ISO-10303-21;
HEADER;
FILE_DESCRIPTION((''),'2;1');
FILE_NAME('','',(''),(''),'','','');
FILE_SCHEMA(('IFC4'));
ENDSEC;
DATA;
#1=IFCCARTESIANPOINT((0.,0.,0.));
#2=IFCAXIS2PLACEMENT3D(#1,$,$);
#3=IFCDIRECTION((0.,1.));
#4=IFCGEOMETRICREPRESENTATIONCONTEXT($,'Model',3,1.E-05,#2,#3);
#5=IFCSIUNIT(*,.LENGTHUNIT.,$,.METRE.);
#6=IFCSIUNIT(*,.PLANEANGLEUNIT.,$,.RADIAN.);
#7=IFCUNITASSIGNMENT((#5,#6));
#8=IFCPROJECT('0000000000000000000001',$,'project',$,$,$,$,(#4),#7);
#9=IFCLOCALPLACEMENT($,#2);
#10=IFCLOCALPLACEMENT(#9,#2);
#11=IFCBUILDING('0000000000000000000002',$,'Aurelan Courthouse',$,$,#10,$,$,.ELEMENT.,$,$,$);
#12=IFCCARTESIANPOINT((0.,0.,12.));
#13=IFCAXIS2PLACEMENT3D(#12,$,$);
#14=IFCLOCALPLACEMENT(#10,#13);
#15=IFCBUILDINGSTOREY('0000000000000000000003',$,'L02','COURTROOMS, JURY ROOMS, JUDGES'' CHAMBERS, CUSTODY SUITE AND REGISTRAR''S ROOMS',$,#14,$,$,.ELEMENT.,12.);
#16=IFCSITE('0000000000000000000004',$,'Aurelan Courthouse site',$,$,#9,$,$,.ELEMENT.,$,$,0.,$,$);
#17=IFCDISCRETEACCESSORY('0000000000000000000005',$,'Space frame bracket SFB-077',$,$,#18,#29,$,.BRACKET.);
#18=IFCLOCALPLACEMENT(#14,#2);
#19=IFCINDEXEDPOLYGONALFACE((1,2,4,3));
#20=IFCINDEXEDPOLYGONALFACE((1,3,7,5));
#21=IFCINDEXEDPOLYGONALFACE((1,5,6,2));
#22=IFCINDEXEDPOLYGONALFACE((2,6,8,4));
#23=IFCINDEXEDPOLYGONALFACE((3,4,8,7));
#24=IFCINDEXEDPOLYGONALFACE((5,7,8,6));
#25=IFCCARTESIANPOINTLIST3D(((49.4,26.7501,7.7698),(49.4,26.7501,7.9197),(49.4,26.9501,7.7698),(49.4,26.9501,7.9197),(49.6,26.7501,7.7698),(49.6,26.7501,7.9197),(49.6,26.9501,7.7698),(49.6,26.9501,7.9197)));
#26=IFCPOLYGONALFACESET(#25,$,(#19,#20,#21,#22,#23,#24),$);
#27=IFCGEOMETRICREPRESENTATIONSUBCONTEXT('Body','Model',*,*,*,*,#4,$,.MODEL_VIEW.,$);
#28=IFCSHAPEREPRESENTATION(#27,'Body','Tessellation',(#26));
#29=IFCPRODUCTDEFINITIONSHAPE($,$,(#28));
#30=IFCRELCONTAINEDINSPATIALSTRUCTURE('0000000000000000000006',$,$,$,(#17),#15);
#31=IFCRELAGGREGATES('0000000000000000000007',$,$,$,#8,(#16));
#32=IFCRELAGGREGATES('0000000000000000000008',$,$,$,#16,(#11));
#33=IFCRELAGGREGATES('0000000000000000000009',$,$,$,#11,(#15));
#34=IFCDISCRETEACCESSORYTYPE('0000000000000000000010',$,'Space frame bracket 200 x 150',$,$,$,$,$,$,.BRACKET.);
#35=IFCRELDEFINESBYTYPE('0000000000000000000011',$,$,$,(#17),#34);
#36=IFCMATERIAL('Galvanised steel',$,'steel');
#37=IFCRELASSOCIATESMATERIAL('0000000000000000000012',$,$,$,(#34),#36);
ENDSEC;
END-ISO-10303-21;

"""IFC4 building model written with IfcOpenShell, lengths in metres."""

from ifc_helpers import new_model, si_unit, direction, frame, origin, origin_2d, place, context, subcontext, project, spatial, rectangle, extrude, material, type_object, element, save


model = new_model("IFC4")

# Units and contexts
model_context = context("Model", 3, precision=1e-05, world=origin(), true_north=direction((0.0, 1.0)))
body_context = subcontext(model_context, "Body", "Model", "MODEL_VIEW")
ifc_project = project(units=[si_unit("LENGTHUNIT", "METRE"), si_unit("PLANEANGLEUNIT", "RADIAN")], contexts=[model_context])

# Site, building, storey
site_placement = place(None, origin())
site = spatial("IfcSite", under=ifc_project, at=site_placement, Name="Aurelan Courthouse site", CompositionType="ELEMENT", RefElevation=0.0)
building_placement = place(site_placement, origin())
building = spatial("IfcBuilding", under=site, at=building_placement, Name="Aurelan Courthouse", CompositionType="ELEMENT")
storey_placement = place(building_placement, frame((0.0, 0.0, 12.0)))
storey = spatial("IfcBuildingStorey", under=building, at=storey_placement, Name="L02", Description="COURTROOMS, JURY ROOMS, JUDGES' CHAMBERS, CUSTODY SUITE AND REGISTRAR'S ROOMS", CompositionType="ELEMENT", Elevation=12.0)

# Discrete accessory
ifc_material_1 = material(Name="Galvanised steel", Category="steel")
discrete_accessory_type = type_object("IfcDiscreteAccessoryType", Name="Space frame bracket 200 x 150", PredefinedType="BRACKET", material=ifc_material_1)
for number, where, z_axis, x_axis, name in (
    (1, (49.5, 26.8501, 7.7698), (0.0, 0.0, 1.0), (1.0, 0.0, 0.0), "Space frame bracket SFB-077"),
):
    element("IfcDiscreteAccessory", number, at=place(storey_placement, frame(where, z_axis=z_axis, x_axis=x_axis)), inside=storey, type_object=discrete_accessory_type, Name=name, PredefinedType="BRACKET", context=body_context, shape_type="SweptSolid", body=[
        extrude(rectangle(XDim=0.2, YDim=0.2, at=origin_2d()), origin(), (0.0, 0.0, 1.0), 0.1499),
    ])

save(model, "model.ifc")
